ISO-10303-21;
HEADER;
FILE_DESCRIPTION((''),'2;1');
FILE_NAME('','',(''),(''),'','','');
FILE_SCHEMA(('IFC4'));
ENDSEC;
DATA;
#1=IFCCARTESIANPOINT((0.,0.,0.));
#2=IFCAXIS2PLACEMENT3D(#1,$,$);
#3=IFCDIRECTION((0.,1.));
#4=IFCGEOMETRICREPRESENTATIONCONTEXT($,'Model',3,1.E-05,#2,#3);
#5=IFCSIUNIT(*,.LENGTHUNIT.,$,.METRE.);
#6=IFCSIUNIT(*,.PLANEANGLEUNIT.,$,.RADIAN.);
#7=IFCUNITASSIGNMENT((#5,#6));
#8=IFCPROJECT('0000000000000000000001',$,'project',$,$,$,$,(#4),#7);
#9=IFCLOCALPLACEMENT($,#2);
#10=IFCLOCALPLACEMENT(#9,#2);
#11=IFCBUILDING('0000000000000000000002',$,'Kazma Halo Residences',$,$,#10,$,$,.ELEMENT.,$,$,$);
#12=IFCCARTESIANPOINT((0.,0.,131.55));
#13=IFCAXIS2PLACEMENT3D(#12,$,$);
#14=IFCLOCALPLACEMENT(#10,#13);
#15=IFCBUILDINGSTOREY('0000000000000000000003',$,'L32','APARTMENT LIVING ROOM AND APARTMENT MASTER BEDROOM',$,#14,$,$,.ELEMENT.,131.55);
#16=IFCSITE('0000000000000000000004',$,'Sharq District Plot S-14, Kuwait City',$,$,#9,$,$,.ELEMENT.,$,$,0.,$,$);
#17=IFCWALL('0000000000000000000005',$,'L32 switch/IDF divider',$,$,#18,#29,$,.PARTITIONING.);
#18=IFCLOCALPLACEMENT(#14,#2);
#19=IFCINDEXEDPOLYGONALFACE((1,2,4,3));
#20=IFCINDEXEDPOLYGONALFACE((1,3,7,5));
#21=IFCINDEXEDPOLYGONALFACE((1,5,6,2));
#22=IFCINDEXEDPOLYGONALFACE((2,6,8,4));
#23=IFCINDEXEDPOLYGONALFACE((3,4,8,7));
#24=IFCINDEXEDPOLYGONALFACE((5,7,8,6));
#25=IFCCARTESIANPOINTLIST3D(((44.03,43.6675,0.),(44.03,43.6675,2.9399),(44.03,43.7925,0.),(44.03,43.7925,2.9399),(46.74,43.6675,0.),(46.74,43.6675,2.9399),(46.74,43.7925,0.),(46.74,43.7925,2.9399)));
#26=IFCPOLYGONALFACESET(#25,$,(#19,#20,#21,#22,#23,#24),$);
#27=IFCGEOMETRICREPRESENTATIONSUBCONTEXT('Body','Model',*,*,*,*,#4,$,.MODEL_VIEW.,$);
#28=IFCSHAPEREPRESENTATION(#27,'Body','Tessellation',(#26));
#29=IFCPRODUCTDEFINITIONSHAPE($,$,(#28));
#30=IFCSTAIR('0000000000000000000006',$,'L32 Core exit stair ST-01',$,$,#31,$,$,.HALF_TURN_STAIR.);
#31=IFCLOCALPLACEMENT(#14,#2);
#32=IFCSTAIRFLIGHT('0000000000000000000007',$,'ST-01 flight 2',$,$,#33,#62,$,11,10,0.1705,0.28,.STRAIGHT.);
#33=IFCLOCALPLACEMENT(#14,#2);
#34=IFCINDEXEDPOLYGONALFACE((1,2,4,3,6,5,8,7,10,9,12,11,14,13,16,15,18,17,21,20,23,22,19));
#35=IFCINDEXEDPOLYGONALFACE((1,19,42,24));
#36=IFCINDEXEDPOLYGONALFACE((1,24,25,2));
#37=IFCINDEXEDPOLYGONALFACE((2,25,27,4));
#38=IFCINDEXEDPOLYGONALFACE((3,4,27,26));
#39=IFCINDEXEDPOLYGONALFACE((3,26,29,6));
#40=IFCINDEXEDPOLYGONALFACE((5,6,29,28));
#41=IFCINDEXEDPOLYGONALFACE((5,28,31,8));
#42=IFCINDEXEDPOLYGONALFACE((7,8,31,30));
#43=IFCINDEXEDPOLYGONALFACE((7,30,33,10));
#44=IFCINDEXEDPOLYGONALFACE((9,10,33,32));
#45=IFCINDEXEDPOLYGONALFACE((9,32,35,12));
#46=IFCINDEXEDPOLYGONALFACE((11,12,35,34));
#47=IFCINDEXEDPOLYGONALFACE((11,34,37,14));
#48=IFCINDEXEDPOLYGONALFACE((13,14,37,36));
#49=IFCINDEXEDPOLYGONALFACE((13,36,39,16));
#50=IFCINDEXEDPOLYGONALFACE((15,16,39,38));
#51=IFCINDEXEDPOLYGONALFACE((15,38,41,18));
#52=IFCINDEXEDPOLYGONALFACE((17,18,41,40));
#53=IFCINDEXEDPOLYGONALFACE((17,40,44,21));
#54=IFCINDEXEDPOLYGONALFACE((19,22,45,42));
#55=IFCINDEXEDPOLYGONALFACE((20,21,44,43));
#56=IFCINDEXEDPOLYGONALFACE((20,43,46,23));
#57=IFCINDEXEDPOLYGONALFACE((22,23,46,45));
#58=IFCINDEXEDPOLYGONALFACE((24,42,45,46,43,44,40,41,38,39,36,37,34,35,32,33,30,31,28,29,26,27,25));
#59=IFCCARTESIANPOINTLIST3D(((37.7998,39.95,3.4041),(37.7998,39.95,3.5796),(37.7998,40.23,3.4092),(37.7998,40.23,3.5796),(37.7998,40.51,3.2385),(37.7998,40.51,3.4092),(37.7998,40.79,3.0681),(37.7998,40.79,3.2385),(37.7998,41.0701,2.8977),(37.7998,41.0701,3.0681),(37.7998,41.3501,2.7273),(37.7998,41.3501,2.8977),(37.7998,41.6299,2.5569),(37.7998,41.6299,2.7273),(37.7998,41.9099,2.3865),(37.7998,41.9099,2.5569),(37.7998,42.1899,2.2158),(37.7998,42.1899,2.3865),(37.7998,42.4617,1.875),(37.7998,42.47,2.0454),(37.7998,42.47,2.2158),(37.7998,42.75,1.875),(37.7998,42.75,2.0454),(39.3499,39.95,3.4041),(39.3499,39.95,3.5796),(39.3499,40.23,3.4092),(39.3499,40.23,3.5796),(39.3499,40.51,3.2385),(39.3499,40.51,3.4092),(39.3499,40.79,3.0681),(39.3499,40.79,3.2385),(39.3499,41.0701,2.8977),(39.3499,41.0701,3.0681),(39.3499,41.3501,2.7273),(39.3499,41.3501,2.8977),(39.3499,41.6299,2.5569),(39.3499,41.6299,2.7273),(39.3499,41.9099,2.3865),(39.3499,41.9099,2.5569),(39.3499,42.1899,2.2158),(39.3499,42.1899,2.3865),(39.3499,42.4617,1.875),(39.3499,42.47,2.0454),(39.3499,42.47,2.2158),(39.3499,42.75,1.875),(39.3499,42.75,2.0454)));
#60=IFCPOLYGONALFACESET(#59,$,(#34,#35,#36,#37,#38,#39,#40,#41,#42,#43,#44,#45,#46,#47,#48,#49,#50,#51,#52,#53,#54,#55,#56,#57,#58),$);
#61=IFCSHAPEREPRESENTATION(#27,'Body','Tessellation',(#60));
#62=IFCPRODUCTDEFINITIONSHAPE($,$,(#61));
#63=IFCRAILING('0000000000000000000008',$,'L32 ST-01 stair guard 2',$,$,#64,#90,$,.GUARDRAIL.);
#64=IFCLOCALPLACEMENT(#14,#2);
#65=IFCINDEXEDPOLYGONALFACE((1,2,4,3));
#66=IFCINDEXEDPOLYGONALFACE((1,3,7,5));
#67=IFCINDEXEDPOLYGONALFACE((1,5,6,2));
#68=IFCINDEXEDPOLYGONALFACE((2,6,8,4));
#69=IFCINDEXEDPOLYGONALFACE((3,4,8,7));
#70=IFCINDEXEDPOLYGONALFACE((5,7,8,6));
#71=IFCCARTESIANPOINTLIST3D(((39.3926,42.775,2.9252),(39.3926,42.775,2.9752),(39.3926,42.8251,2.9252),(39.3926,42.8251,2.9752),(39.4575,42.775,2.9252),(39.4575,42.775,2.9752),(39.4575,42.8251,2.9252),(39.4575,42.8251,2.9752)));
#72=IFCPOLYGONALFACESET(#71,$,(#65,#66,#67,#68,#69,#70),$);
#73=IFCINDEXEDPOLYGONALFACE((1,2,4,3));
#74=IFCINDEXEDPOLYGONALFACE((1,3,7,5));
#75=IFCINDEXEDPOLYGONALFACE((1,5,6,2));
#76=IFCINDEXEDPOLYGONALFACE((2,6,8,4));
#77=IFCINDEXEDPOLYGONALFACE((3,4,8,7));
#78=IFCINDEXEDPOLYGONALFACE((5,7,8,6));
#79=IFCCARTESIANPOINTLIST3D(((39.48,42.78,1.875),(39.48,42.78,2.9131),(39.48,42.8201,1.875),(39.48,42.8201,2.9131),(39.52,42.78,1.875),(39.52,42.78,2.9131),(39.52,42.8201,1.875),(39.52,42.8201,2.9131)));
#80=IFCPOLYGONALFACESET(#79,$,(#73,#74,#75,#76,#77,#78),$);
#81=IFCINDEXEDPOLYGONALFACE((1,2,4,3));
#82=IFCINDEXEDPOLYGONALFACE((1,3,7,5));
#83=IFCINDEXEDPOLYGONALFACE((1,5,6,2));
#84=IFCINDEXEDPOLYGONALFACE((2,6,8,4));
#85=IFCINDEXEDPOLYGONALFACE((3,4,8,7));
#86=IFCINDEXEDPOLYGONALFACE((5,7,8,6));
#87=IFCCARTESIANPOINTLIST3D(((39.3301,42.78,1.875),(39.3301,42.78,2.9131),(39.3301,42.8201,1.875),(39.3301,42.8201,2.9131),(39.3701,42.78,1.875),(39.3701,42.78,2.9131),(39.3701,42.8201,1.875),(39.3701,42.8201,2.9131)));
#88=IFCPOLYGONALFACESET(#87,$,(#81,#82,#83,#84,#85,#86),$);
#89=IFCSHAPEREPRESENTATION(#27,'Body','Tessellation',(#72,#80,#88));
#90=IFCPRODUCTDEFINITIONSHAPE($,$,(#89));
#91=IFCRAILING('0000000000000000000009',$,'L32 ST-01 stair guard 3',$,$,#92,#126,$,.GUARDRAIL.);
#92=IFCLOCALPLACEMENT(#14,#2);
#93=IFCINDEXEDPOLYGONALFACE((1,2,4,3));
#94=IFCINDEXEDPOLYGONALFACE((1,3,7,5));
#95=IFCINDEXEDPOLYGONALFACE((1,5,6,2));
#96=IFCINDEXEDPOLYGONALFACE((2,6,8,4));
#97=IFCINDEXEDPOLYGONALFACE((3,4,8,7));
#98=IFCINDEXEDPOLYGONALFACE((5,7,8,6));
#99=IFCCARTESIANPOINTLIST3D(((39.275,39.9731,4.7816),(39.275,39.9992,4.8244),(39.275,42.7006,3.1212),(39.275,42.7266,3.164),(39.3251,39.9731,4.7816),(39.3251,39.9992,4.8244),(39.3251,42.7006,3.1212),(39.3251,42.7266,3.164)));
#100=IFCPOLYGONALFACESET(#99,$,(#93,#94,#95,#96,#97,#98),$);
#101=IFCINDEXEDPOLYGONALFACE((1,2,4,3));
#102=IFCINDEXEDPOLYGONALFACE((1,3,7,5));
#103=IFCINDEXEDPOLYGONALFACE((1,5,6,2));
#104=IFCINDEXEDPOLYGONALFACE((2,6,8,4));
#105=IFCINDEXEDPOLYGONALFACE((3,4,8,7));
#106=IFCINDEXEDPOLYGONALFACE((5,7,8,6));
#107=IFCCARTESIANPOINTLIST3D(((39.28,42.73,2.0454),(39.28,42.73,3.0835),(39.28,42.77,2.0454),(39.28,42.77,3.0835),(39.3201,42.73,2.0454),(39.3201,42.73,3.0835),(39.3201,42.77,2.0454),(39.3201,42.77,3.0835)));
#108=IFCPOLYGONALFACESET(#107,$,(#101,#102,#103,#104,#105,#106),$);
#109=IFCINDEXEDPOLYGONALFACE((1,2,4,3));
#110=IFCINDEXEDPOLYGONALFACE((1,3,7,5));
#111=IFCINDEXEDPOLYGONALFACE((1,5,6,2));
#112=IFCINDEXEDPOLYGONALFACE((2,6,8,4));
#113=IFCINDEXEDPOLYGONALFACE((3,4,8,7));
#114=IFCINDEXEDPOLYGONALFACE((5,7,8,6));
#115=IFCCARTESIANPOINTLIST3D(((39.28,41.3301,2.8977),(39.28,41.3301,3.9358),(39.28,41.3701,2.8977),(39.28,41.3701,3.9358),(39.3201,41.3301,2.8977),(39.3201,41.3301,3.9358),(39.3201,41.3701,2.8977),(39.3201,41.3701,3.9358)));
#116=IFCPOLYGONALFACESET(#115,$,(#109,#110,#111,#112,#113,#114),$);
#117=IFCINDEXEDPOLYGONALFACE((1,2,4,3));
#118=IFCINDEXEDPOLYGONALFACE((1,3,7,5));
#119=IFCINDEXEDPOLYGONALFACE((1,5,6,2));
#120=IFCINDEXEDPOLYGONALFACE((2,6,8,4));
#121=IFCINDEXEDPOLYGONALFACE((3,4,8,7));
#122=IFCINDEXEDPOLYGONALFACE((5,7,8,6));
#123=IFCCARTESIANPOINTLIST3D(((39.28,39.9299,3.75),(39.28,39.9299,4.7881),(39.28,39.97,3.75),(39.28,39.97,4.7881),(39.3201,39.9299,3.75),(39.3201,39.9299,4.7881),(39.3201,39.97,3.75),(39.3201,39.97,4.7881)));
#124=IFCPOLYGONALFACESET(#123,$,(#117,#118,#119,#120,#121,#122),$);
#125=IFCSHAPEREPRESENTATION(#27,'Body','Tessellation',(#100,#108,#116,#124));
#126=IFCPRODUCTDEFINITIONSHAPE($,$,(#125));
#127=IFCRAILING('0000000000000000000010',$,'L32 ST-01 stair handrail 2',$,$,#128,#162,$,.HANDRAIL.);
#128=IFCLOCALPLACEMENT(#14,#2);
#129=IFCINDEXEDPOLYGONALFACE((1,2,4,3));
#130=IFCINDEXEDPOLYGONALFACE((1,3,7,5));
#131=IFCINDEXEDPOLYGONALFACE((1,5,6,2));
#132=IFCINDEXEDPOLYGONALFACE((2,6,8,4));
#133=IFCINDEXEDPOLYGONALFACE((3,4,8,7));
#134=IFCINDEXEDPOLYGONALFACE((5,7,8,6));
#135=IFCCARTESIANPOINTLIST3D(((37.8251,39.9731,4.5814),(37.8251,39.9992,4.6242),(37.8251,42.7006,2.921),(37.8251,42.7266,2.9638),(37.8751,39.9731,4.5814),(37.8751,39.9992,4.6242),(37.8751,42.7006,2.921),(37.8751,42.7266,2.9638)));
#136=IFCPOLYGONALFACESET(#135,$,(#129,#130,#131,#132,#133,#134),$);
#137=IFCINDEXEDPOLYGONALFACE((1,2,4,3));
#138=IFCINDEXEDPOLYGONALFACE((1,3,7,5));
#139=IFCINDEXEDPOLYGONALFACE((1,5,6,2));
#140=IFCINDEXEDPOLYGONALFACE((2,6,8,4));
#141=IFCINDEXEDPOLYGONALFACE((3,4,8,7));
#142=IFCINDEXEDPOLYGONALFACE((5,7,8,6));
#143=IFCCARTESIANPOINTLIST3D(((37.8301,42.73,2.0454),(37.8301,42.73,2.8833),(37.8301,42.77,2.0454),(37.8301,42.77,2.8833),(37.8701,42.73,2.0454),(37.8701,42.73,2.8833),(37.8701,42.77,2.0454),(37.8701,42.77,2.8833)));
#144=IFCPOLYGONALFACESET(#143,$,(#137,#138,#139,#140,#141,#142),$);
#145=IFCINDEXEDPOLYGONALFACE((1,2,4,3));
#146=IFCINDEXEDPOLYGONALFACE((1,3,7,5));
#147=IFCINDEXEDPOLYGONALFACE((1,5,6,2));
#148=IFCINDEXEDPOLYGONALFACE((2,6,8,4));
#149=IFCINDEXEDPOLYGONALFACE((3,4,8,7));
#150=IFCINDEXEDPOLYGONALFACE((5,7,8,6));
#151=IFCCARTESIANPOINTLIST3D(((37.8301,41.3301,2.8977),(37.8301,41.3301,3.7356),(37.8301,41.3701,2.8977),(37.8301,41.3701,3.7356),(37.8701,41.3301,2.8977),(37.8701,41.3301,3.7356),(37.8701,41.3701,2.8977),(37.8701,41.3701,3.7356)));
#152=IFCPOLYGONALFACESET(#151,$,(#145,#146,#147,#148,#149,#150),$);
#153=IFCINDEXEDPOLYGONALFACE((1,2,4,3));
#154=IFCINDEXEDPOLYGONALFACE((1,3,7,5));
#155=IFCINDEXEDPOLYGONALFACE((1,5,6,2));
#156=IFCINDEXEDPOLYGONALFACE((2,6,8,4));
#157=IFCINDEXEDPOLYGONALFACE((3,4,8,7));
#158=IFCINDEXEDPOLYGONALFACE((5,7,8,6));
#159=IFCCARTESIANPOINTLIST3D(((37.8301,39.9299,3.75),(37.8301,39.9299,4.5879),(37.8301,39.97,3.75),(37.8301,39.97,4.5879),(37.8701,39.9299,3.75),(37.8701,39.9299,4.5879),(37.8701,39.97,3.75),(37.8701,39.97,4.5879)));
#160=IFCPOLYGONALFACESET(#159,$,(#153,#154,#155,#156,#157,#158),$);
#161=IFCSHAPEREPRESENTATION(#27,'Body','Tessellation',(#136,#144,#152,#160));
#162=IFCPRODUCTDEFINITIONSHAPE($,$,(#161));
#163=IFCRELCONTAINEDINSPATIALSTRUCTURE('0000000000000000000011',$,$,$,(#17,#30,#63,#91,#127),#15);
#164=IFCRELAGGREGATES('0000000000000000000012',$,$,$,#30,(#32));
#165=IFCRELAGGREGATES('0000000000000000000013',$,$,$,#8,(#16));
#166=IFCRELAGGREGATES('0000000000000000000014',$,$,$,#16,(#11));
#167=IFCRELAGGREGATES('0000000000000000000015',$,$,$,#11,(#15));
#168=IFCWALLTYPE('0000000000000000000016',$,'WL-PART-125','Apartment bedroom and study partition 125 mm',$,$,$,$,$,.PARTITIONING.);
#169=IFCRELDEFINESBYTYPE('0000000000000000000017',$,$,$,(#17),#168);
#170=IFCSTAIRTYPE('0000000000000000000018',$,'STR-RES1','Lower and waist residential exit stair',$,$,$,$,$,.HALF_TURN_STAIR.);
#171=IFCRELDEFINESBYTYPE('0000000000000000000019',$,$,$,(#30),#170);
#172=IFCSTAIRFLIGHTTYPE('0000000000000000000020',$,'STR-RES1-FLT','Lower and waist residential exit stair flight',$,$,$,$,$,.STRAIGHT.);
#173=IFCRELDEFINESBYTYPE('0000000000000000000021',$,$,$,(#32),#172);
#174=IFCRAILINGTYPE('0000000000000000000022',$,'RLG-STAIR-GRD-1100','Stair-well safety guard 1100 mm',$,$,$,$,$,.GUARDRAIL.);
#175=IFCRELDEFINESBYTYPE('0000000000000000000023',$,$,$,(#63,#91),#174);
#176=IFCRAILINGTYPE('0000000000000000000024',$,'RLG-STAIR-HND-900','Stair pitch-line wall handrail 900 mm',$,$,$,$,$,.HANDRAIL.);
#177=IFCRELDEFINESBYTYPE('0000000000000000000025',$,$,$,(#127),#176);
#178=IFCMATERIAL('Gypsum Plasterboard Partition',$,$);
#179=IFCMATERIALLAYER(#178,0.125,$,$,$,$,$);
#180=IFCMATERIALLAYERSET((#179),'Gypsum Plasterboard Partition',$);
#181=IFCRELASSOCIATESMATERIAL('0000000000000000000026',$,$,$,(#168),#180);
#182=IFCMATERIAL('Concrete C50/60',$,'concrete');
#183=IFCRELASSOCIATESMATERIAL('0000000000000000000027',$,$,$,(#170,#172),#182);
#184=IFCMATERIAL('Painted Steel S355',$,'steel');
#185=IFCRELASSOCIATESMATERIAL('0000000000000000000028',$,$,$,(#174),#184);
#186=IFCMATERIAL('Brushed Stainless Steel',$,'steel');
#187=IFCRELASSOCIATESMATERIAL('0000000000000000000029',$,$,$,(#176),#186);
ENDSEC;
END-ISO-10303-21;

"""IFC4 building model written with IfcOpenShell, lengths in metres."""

from ifc_helpers import new_model, si_unit, direction, frame, frame_2d, origin, origin_2d, place, context, subcontext, project, spatial, polyline, rectangle, outline, extrude, material, layer, layer_set, type_object, element, aggregate, save


model = new_model("IFC4")

# Units and contexts
model_context = context("Model", 3, precision=1e-05, world=origin(), true_north=direction((0.0, 1.0)))
body_context = subcontext(model_context, "Body", "Model", "MODEL_VIEW")
ifc_project = project(units=[si_unit("LENGTHUNIT", "METRE"), si_unit("PLANEANGLEUNIT", "RADIAN")], contexts=[model_context])

# Site, building, storey
site_placement = place(None, origin())
site = spatial("IfcSite", under=ifc_project, at=site_placement, Name="Sharq District Plot S-14, Kuwait City", CompositionType="ELEMENT", RefElevation=0.0)
building_placement = place(site_placement, origin())
building = spatial("IfcBuilding", under=site, at=building_placement, Name="Kazma Halo Residences", CompositionType="ELEMENT")
storey_placement = place(building_placement, frame((0.0, 0.0, 131.55)))
storey = spatial("IfcBuildingStorey", under=building, at=storey_placement, Name="L32", Description="APARTMENT LIVING ROOM AND APARTMENT MASTER BEDROOM", CompositionType="ELEMENT", Elevation=131.55)

# Wall
ifc_material_1 = material(Name="Gypsum Plasterboard Partition")
ifc_layer_1 = layer(ifc_material_1, 0.125)
ifc_layer_set_1 = layer_set([ifc_layer_1], Name="Gypsum Plasterboard Partition")
wall_type_1 = type_object("IfcWallType", Name="WL-PART-125", Description="Apartment bedroom and study partition 125 mm", PredefinedType="PARTITIONING", material=ifc_layer_set_1)
wall_1_placement = place(storey_placement, frame((44.03, 43.73, 0.0), z_axis=(0.0, 0.0, 1.0), x_axis=(1.0, 0.0, 0.0)))
element("IfcWall", 1, at=wall_1_placement, inside=storey, type_object=wall_type_1, Name="L32 switch/IDF divider", PredefinedType="PARTITIONING", context=body_context, shape_type="SweptSolid", body=[
    extrude(rectangle(XDim=2.71, YDim=0.125, at=frame_2d((1.355, 0.0))), origin(), (0.0, 0.0, 1.0), 2.9399),
])

# Stair, stair flight
ifc_material_2 = material(Name="Concrete C50/60", Category="concrete")
stair_type = type_object("IfcStairType", Name="STR-RES1", Description="Lower and waist residential exit stair", PredefinedType="HALF_TURN_STAIR", material=ifc_material_2)
stair_placement = place(storey_placement, origin())
stair = element("IfcStair", 2, at=stair_placement, inside=storey, type_object=stair_type, Name="L32 Core exit stair ST-01", PredefinedType="HALF_TURN_STAIR")
stair_flight_type = type_object("IfcStairFlightType", Name="STR-RES1-FLT", Description="Lower and waist residential exit stair flight", PredefinedType="STRAIGHT", material=ifc_material_2)
stair_flight_placement = place(storey_placement, frame((38.575, 42.75, 1.875), z_axis=(0.0, 0.0, 1.0), x_axis=(0.0, -1.0, 0.0)))
stair_flight = element("IfcStairFlight", 3, at=stair_flight_placement, type_object=stair_flight_type, Name="ST-01 flight 2", NumberOfRisers=11, NumberOfTreads=10, PredefinedType="STRAIGHT", RiserHeight=0.1705, TreadLength=0.28, context=body_context, shape_type="SweptSolid", body=[
    extrude(outline(polyline([(0.0, 0.0), (0.0, 0.1704), (0.28, 0.1704), (0.28, 0.3408), (0.5601, 0.3408), (0.5601, 0.5115), (0.8401, 0.5115), (0.8401, 0.6819), (1.1201, 0.6819), (1.1201, 0.8523), (1.3999, 0.8523), (1.3999, 1.0227), (1.6799, 1.0227), (1.6799, 1.1931), (1.96, 1.1931), (1.96, 1.3635), (2.24, 1.3635), (2.24, 1.5342), (2.52, 1.5342), (2.52, 1.7046), (2.8, 1.7046), (2.8, 1.875), (2.8, 1.5291), (0.2883, 0.0), (0.0, 0.0)])), frame((0.0, 0.7749, 0.0), z_axis=(0.0, -1.0, 0.0), x_axis=(1.0, 0.0, 0.0)), (0.0, 0.0, 1.0), 1.55),
])
aggregate(stair, [stair_flight])

# Railings
ifc_material_3 = material(Name="Painted Steel S355", Category="steel")
railing_type_1 = type_object("IfcRailingType", Name="RLG-STAIR-GRD-1100", Description="Stair-well safety guard 1100 mm", PredefinedType="GUARDRAIL", material=ifc_material_3)
railing_1_placement = place(storey_placement, frame((39.5, 42.8, 1.875)))
element("IfcRailing", 4, at=railing_1_placement, inside=storey, type_object=railing_type_1, Name="L32 ST-01 stair guard 2", PredefinedType="GUARDRAIL", context=body_context, shape_type="SweptSolid", body=[
    extrude(rectangle(XDim=0.05, YDim=0.05, at=origin_2d()), frame((-0.0425, 0.0, 1.0752), z_axis=(-1.0, 0.0, 0.0), x_axis=(0.0, -1.0, 0.0)), (0.0, 0.0, 1.0), 0.0649),
    extrude(rectangle(XDim=0.04, YDim=0.04, at=origin_2d()), origin(), (0.0, 0.0, 1.0), 1.0381),
    extrude(rectangle(XDim=0.04, YDim=0.04, at=origin_2d()), frame((-0.1499, 0.0, 0.0)), (0.0, 0.0, 1.0), 1.0381),
])
railing_2_placement = place(storey_placement, frame((39.3, 42.75, 2.0454)))
element("IfcRailing", 5, at=railing_2_placement, inside=storey, type_object=railing_type_1, Name="L32 ST-01 stair guard 3", PredefinedType="GUARDRAIL", context=body_context, shape_type="SweptSolid", body=[
    extrude(rectangle(XDim=0.05, YDim=0.05, at=origin_2d()), frame((0.0, -0.0364, 1.0972), z_axis=(0.0, -0.85417, 0.519994), x_axis=(1.0, 0.0, 0.0)), (0.0, 0.0, 1.0), 3.1931),
    extrude(rectangle(XDim=0.04, YDim=0.04, at=origin_2d()), origin(), (0.0, 0.0, 1.0), 1.0381),
    extrude(rectangle(XDim=0.04, YDim=0.04, at=origin_2d()), frame((0.0, -1.3999, 0.8523)), (0.0, 0.0, 1.0), 1.0381),
    extrude(rectangle(XDim=0.04, YDim=0.04, at=origin_2d()), frame((0.0, -2.8, 1.7046)), (0.0, 0.0, 1.0), 1.0381),
])
ifc_material_4 = material(Name="Brushed Stainless Steel", Category="steel")
railing_type_2 = type_object("IfcRailingType", Name="RLG-STAIR-HND-900", Description="Stair pitch-line wall handrail 900 mm", PredefinedType="HANDRAIL", material=ifc_material_4)
railing_3_placement = place(storey_placement, frame((37.8501, 42.75, 2.0454)))
element("IfcRailing", 6, at=railing_3_placement, inside=storey, type_object=railing_type_2, Name="L32 ST-01 stair handrail 2", PredefinedType="HANDRAIL", context=body_context, shape_type="SweptSolid", body=[
    extrude(rectangle(XDim=0.05, YDim=0.05, at=origin_2d()), frame((0.0, -0.0364, 0.897), z_axis=(0.0, -0.85417, 0.519994), x_axis=(1.0, 0.0, 0.0)), (0.0, 0.0, 1.0), 3.1931),
    extrude(rectangle(XDim=0.04, YDim=0.04, at=origin_2d()), origin(), (0.0, 0.0, 1.0), 0.8379),
    extrude(rectangle(XDim=0.04, YDim=0.04, at=origin_2d()), frame((0.0, -1.3999, 0.8523)), (0.0, 0.0, 1.0), 0.8379),
    extrude(rectangle(XDim=0.04, YDim=0.04, at=origin_2d()), frame((0.0, -2.8, 1.7046)), (0.0, 0.0, 1.0), 0.8379),
])

save(model, "model.ifc")
